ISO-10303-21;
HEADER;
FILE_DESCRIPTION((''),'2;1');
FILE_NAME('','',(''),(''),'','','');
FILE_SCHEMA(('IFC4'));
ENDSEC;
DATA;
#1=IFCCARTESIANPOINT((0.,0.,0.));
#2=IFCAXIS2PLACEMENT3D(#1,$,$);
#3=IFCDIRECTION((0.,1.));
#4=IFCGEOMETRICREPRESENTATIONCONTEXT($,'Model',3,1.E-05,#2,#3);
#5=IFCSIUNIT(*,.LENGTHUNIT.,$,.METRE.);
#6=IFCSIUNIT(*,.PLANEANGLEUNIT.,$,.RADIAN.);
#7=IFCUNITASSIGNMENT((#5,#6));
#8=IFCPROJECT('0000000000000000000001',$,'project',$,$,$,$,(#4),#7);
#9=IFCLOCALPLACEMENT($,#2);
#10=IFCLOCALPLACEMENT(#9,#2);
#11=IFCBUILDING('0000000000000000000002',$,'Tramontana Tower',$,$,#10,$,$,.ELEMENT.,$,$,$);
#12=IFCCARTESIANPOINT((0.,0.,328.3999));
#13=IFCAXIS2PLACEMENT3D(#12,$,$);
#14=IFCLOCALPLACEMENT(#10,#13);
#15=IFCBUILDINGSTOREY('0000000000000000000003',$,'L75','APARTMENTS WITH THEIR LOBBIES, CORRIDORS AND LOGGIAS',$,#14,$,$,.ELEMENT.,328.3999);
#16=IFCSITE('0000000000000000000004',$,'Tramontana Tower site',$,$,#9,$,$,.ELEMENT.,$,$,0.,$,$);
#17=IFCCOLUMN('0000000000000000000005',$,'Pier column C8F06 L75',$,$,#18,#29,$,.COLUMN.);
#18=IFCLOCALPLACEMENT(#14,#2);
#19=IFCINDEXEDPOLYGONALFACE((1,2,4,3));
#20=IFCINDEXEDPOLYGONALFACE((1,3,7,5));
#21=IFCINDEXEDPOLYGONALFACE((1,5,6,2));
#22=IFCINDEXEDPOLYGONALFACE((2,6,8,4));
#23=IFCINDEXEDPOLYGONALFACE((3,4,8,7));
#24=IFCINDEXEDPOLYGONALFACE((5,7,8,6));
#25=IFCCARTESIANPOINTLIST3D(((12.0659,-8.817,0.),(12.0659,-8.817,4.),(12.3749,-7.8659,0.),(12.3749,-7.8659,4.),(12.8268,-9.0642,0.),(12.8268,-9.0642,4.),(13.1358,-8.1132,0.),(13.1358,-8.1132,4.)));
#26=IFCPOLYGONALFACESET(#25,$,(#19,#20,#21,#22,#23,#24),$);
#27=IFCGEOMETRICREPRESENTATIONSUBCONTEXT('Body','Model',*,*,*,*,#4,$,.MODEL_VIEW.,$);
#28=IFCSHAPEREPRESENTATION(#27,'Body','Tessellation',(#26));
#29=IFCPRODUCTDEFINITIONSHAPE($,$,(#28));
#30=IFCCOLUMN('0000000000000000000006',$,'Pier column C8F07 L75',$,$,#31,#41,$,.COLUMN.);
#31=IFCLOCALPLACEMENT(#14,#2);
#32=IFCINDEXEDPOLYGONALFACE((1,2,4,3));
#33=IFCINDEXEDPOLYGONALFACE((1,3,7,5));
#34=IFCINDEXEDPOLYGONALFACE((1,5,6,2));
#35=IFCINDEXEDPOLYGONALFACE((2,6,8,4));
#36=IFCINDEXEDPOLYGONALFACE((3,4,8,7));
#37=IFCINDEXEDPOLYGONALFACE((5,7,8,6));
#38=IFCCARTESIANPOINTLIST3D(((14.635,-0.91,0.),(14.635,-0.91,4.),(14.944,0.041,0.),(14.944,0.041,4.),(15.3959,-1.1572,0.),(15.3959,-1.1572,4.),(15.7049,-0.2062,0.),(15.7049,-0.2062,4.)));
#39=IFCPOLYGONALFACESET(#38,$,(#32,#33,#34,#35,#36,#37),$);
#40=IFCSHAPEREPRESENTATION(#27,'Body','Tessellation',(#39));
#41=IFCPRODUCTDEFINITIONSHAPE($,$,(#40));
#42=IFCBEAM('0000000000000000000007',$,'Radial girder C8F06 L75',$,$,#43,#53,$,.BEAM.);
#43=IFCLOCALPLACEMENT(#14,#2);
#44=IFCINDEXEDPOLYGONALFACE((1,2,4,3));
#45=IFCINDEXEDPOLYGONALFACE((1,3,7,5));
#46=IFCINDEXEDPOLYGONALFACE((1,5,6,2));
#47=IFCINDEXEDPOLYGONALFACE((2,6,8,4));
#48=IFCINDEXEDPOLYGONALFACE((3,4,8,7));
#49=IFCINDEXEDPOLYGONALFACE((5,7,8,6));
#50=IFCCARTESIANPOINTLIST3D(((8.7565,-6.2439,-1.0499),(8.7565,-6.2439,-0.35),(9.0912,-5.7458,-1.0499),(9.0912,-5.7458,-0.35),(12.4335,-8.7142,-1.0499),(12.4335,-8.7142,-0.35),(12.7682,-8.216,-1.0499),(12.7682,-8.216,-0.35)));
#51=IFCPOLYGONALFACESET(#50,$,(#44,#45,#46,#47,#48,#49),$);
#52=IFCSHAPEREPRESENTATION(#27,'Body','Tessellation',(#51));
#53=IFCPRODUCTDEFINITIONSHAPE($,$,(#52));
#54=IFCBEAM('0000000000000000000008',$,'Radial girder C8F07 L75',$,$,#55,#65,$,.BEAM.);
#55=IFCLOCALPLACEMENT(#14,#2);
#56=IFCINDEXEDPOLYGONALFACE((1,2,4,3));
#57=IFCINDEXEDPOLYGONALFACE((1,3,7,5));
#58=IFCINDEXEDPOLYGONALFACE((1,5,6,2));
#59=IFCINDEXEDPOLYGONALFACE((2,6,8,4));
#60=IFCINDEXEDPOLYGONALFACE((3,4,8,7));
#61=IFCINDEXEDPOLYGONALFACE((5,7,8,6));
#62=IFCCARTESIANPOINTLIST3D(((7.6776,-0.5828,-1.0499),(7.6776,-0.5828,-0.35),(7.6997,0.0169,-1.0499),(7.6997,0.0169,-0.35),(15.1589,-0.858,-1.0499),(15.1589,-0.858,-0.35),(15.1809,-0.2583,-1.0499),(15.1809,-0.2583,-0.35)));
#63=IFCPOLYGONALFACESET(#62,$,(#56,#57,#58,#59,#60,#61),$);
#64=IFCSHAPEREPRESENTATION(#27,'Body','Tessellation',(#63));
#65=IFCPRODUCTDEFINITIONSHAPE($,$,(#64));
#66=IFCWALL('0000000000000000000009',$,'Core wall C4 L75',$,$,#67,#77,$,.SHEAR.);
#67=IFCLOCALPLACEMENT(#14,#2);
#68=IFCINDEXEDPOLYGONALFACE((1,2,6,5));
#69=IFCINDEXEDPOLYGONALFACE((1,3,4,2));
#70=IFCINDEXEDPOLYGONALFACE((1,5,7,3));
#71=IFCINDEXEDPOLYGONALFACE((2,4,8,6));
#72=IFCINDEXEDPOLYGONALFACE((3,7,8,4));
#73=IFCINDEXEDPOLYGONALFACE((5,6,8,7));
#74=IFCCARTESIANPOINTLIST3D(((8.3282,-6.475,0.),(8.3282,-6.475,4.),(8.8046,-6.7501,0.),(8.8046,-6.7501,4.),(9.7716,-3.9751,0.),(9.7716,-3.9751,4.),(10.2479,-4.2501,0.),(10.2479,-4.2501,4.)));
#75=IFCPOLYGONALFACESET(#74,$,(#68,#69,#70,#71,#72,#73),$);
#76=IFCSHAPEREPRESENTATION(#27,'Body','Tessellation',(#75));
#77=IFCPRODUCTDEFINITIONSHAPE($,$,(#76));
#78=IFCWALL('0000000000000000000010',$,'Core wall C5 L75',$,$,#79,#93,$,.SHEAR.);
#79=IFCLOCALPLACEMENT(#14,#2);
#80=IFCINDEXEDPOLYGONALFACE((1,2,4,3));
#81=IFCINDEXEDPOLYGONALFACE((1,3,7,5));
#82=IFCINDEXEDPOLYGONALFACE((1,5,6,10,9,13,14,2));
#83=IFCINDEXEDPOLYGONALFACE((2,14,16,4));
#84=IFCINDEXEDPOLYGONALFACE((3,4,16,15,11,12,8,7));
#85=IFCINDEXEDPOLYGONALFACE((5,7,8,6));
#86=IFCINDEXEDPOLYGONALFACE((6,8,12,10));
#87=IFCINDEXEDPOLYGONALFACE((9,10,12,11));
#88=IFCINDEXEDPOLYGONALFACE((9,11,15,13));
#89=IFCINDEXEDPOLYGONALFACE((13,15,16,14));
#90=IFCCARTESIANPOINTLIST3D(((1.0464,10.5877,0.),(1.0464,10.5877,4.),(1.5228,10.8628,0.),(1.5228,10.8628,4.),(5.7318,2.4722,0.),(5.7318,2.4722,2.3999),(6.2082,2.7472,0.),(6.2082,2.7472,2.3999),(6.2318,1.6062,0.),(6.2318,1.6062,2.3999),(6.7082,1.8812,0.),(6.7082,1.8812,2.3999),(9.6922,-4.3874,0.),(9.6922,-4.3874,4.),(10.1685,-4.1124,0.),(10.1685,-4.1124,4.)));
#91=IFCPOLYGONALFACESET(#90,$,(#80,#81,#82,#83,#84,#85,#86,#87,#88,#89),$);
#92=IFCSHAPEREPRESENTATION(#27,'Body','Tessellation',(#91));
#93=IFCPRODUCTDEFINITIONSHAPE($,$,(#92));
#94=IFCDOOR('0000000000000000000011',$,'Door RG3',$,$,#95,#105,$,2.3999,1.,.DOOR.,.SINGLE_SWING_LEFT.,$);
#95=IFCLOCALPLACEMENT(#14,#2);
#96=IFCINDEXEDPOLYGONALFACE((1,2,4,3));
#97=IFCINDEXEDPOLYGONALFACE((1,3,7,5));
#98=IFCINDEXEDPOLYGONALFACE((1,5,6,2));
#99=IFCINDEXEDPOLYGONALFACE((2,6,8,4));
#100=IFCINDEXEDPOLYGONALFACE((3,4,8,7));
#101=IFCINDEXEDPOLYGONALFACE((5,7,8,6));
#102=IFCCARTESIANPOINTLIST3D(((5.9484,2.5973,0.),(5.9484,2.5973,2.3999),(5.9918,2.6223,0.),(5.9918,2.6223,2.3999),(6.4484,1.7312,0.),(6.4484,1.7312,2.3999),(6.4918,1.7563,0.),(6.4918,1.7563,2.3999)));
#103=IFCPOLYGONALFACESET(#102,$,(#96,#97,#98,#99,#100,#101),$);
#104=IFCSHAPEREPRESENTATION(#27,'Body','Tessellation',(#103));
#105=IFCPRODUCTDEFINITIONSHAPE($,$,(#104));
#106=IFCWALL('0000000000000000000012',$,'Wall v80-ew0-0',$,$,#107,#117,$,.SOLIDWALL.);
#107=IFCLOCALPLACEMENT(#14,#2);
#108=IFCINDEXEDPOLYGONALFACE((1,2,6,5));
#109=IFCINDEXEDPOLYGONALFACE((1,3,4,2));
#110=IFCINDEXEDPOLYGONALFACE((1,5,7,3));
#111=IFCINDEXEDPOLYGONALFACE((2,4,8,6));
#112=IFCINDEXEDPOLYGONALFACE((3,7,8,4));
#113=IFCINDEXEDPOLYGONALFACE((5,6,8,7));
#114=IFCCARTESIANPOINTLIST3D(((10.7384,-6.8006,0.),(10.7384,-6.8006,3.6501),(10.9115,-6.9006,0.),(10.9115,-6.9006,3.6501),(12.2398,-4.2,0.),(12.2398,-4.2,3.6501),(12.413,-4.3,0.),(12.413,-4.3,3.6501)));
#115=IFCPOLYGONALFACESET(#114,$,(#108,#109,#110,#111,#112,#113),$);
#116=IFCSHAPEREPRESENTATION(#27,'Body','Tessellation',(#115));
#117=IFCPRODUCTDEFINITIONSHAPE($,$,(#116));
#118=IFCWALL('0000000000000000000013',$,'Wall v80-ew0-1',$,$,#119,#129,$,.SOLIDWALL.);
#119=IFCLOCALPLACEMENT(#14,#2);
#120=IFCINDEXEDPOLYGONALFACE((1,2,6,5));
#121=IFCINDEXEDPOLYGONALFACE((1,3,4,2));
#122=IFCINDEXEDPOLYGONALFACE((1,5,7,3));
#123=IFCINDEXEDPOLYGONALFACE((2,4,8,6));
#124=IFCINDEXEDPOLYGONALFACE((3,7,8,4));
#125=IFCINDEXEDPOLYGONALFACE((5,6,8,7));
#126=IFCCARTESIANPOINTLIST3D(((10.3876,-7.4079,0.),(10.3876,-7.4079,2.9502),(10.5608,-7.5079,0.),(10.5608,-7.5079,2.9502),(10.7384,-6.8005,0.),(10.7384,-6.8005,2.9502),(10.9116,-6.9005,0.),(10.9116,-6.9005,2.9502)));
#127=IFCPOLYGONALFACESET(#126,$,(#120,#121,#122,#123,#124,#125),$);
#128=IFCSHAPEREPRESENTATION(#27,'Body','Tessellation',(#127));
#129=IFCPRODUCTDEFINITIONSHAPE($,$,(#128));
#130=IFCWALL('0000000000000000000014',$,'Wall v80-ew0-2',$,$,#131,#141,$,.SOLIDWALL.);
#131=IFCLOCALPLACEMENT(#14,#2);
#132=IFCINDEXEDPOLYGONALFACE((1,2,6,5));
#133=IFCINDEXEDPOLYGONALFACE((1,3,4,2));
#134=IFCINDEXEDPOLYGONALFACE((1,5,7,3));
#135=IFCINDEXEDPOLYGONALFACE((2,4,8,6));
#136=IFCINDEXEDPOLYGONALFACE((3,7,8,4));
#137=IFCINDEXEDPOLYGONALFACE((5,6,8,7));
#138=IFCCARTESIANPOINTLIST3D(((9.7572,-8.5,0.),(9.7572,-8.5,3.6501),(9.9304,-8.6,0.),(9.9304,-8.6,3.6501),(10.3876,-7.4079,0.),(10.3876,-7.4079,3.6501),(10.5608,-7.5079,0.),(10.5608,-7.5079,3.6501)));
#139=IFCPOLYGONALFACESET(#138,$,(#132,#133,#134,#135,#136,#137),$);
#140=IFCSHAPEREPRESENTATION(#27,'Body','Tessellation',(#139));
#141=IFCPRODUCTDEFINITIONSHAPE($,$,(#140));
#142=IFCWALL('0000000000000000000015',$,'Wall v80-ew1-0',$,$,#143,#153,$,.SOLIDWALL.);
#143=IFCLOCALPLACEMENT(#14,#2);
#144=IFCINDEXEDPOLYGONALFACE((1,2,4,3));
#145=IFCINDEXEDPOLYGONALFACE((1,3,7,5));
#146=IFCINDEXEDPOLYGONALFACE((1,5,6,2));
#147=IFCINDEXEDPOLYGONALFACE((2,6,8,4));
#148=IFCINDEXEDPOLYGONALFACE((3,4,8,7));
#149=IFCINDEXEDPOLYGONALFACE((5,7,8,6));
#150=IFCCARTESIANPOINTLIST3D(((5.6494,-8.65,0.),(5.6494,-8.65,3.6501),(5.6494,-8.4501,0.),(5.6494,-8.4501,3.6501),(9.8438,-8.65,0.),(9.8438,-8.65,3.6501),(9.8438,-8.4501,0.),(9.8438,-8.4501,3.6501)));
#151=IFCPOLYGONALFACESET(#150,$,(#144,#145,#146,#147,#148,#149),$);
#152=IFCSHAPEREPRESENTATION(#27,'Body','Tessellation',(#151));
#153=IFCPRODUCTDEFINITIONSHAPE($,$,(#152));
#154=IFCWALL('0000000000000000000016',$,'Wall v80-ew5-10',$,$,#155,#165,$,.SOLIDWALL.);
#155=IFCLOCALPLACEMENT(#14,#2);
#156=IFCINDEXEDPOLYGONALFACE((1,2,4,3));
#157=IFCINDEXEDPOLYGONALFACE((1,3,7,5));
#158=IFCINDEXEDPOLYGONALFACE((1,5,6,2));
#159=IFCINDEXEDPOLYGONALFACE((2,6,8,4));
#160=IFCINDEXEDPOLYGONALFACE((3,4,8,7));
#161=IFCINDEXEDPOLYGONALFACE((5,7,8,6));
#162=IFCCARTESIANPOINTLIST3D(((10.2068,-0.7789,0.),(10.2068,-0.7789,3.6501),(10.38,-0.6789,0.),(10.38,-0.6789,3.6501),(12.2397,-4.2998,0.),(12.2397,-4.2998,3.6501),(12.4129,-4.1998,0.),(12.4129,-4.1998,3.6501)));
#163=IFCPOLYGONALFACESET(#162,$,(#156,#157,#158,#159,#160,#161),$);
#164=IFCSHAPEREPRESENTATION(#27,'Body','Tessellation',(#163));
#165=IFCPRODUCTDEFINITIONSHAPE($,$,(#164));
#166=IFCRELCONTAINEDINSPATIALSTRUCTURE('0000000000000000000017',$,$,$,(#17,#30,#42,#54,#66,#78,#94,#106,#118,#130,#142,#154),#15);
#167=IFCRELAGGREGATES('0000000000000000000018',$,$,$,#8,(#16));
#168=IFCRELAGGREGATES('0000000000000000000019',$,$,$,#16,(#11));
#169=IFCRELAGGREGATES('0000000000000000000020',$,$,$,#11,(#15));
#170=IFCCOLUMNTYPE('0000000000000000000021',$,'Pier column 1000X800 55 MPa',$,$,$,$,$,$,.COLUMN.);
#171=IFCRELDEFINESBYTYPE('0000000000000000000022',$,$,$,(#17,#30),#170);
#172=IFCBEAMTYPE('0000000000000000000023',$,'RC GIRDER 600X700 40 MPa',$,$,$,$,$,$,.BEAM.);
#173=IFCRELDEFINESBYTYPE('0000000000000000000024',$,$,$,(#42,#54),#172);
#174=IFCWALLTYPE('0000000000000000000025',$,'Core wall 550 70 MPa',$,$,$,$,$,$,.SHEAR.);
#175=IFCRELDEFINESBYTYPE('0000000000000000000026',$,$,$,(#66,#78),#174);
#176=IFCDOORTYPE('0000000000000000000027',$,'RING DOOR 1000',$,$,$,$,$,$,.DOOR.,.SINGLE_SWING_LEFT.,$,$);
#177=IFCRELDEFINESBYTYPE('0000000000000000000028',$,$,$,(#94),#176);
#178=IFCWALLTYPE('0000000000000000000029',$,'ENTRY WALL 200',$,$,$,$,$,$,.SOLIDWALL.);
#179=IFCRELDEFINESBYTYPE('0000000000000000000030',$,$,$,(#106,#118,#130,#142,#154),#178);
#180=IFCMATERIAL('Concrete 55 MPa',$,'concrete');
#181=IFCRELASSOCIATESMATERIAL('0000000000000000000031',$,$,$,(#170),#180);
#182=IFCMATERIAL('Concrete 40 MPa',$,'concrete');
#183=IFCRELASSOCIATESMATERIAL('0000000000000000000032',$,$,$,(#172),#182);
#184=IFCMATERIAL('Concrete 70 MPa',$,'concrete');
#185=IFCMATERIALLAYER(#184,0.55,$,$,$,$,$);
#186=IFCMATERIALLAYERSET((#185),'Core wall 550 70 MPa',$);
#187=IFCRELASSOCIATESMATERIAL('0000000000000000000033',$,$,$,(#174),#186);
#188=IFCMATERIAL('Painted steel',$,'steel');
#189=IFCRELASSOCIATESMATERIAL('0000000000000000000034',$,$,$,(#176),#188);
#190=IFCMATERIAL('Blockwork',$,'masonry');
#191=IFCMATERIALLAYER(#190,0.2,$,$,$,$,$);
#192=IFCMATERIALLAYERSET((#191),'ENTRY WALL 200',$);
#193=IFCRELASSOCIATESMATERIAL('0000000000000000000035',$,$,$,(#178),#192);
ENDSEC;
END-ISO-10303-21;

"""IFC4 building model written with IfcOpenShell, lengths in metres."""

from ifc_helpers import new_model, si_unit, direction, frame, frame_2d, origin, origin_2d, place, context, subcontext, project, spatial, rectangle, extrude, material, layer, layer_set, material_profile, profile_set, type_object, element, fill, save


model = new_model("IFC4")

# Units and contexts
model_context = context("Model", 3, precision=1e-05, world=origin(), true_north=direction((0.0, 1.0)))
body_context = subcontext(model_context, "Body", "Model", "MODEL_VIEW")
ifc_project = project(units=[si_unit("LENGTHUNIT", "METRE"), si_unit("PLANEANGLEUNIT", "RADIAN")], contexts=[model_context])

# Site, building, storey
site_placement = place(None, origin())
site = spatial("IfcSite", under=ifc_project, at=site_placement, Name="Tramontana Tower site", CompositionType="ELEMENT", RefElevation=0.0)
building_placement = place(site_placement, origin())
building = spatial("IfcBuilding", under=site, at=building_placement, Name="Tramontana Tower", CompositionType="ELEMENT")
storey_placement = place(building_placement, frame((0.0, 0.0, 328.3999)))
storey = spatial("IfcBuildingStorey", under=building, at=storey_placement, Name="L75", Description="APARTMENTS WITH THEIR LOBBIES, CORRIDORS AND LOGGIAS", CompositionType="ELEMENT", Elevation=328.3999)

# Columns
ifc_material_1 = material(Name="Concrete 55 MPa", Category="concrete")
ifc_material_profile_1 = material_profile(ifc_material_1, rectangle(XDim=1.0, YDim=0.8, at=origin_2d()), Name="Pier column 1000X800 55 MPa")
ifc_profile_set_1 = profile_set([ifc_material_profile_1], Name="Concrete 55 MPa")
column_type = type_object("IfcColumnType", Name="Pier column 1000X800 55 MPa", PredefinedType="COLUMN", material=ifc_profile_set_1)
for number, where, z_axis, x_axis, name in (
    (1, (12.6008, -8.4651, 0.0), (0.0, 0.0, 1.0), (0.309017, 0.951057, 0.0), "Pier column C8F06 L75"),
    (2, (15.1699, -0.5581, 0.0), (0.0, 0.0, 1.0), (0.309017, 0.951057, 0.0), "Pier column C8F07 L75"),
):
    element("IfcColumn", number, at=place(storey_placement, frame(where, z_axis=z_axis, x_axis=x_axis)), inside=storey, type_object=column_type, Name=name, PredefinedType="COLUMN", context=body_context, shape_type="SweptSolid", body=[
        extrude(rectangle(XDim=1.0, YDim=0.8, at=origin_2d()), origin(), (0.0, 0.0, 1.0), 4.0),
    ])

# Beams
ifc_material_2 = material(Name="Concrete 40 MPa", Category="concrete")
ifc_material_profile_2 = material_profile(ifc_material_2, rectangle(XDim=0.6001, YDim=0.7, at=origin_2d()), Name="RC GIRDER 600X700 40 MPa")
ifc_profile_set_2 = profile_set([ifc_material_profile_2], Name="Concrete 40 MPa")
beam_type = type_object("IfcBeamType", Name="RC GIRDER 600X700 40 MPa", PredefinedType="BEAM", material=ifc_profile_set_2)
beam_1_placement = place(storey_placement, frame((12.6008, -8.4651, -0.7), z_axis=(-0.830078, 0.557647, 0.0), x_axis=(-0.557647, -0.830078, 0.0)))
element("IfcBeam", 3, at=beam_1_placement, inside=storey, type_object=beam_type, Name="Radial girder C8F06 L75", PredefinedType="BEAM", context=body_context, shape_type="SweptSolid", body=[
    extrude(rectangle(XDim=0.6001, YDim=0.7, at=origin_2d()), origin(), (0.0, 0.0, 1.0), 4.4297),
])
beam_2_placement = place(storey_placement, frame((15.1699, -0.5581, -0.7), z_axis=(-0.999324, 0.036754, 0.0), x_axis=(-0.036754, -0.999324, 0.0)))
element("IfcBeam", 4, at=beam_2_placement, inside=storey, type_object=beam_type, Name="Radial girder C8F07 L75", PredefinedType="BEAM", context=body_context, shape_type="SweptSolid", body=[
    extrude(rectangle(XDim=0.6001, YDim=0.7, at=origin_2d()), origin(), (0.0, 0.0, 1.0), 7.4863),
])

# Wall
ifc_material_3 = material(Name="Concrete 70 MPa", Category="concrete")
ifc_layer_1 = layer(ifc_material_3, 0.55)
ifc_layer_set_1 = layer_set([ifc_layer_1], Name="Core wall 550 70 MPa")
wall_type_1 = type_object("IfcWallType", Name="Core wall 550 70 MPa", PredefinedType="SHEAR", material=ifc_layer_set_1)
wall_1_placement = place(storey_placement, frame((8.5664, -6.6125, 0.0), z_axis=(0.0, 0.0, 1.0), x_axis=(0.499996, 0.866028, 0.0)))
element("IfcWall", 5, at=wall_1_placement, inside=storey, type_object=wall_type_1, Name="Core wall C4 L75", PredefinedType="SHEAR", context=body_context, shape_type="SweptSolid", body=[
    extrude(rectangle(XDim=2.8867, YDim=0.55, at=frame_2d((1.4434, 0.0))), origin(), (0.0, 0.0, 1.0), 4.0),
])

# Wall, opening, door
wall_2_placement = place(storey_placement, frame((9.9304, -4.25, 0.0), z_axis=(0.0, 0.0, 1.0), x_axis=(-0.499995, 0.866029, 0.0)))
wall_2 = element("IfcWall", 6, at=wall_2_placement, inside=storey, type_object=wall_type_1, Name="Core wall C5 L75", PredefinedType="SHEAR", context=body_context, shape_type="SweptSolid", body=[
    extrude(rectangle(XDim=17.2917, YDim=0.55, at=frame_2d((8.646, 0.0))), origin(), (0.0, 0.0, 1.0), 4.0),
])
opening_1_placement = place(wall_2_placement, frame((6.9209, 0.0, 0.0)))
opening_1 = element("IfcOpeningElement", 7, at=opening_1_placement, cuts=wall_2, PredefinedType="OPENING", context=body_context, shape_type="SweptSolid", body=[
    extrude(rectangle(XDim=1.0, YDim=2.3999, at=frame_2d((0.5, 1.2))), frame((0.0, 0.2849, 0.0), z_axis=(0.0, -1.0, 0.0), x_axis=(1.0, 0.0, 0.0)), (0.0, 0.0, 1.0), 0.5701),
])
ifc_material_4 = material(Name="Painted steel", Category="steel")
door_type_1 = type_object("IfcDoorType", Name="RING DOOR 1000", OperationType="SINGLE_SWING_LEFT", PredefinedType="DOOR", material=ifc_material_4)
door_1_placement = place(opening_1_placement, origin())
door_1 = element("IfcDoor", 8, at=door_1_placement, inside=storey, type_object=door_type_1, Name="Door RG3", OperationType="SINGLE_SWING_LEFT", OverallHeight=2.3999, OverallWidth=1.0, PredefinedType="DOOR", context=body_context, shape_type="SweptSolid", body=[
    extrude(rectangle(XDim=1.0, YDim=2.3999, at=frame_2d((0.5, 1.2))), frame((0.0, 0.0249, 0.0), z_axis=(0.0, -1.0, 0.0), x_axis=(1.0, 0.0, 0.0)), (0.0, 0.0, 1.0), 0.05),
])
fill(opening_1, door_1)

# Walls
ifc_material_5 = material(Name="Blockwork", Category="masonry")
ifc_layer_2 = layer(ifc_material_5, 0.2)
ifc_layer_set_2 = layer_set([ifc_layer_2], Name="ENTRY WALL 200")
wall_type_2 = type_object("IfcWallType", Name="ENTRY WALL 200", PredefinedType="SOLIDWALL", material=ifc_layer_set_2)
wall_3_placement = place(storey_placement, frame((12.3264, -4.25, 0.0), z_axis=(0.0, 0.0, 1.0), x_axis=(-0.500004, -0.866023, 0.0)))
element("IfcWall", 9, at=wall_3_placement, inside=storey, type_object=wall_type_2, Name="Wall v80-ew0-0", PredefinedType="SOLIDWALL", context=body_context, shape_type="SweptSolid", body=[
    extrude(rectangle(XDim=3.0029, YDim=0.2, at=frame_2d((1.5015, 0.0))), origin(), (0.0, 0.0, 1.0), 3.6501),
])
wall_4_placement = place(storey_placement, frame((10.825, -6.8506, 0.0), z_axis=(0.0, 0.0, 1.0), x_axis=(-0.500144, -0.865942, 0.0)))
element("IfcWall", 10, at=wall_4_placement, inside=storey, type_object=wall_type_2, Name="Wall v80-ew0-1", PredefinedType="SOLIDWALL", context=body_context, shape_type="SweptSolid", body=[
    extrude(rectangle(XDim=0.7014, YDim=0.2, at=frame_2d((0.3506, 0.0))), origin(), (0.0, 0.0, 1.0), 2.9502),
])
wall_5_placement = place(storey_placement, frame((10.4741, -7.458, 0.0), z_axis=(0.0, 0.0, 1.0), x_axis=(-0.499929, -0.866066, 0.0)))
element("IfcWall", 11, at=wall_5_placement, inside=storey, type_object=wall_type_2, Name="Wall v80-ew0-2", PredefinedType="SOLIDWALL", context=body_context, shape_type="SweptSolid", body=[
    extrude(rectangle(XDim=1.261, YDim=0.2, at=frame_2d((0.6304, 0.0))), origin(), (0.0, 0.0, 1.0), 3.6501),
])
wall_6_placement = place(storey_placement, frame((9.8438, -8.55, 0.0), z_axis=(0.0, 0.0, 1.0), x_axis=(-1.0, 0.0, 0.0)))
element("IfcWall", 12, at=wall_6_placement, inside=storey, type_object=wall_type_2, Name="Wall v80-ew1-0", PredefinedType="SOLIDWALL", context=body_context, shape_type="SweptSolid", body=[
    extrude(rectangle(XDim=4.1943, YDim=0.2, at=frame_2d((2.0972, 0.0))), origin(), (0.0, 0.0, 1.0), 3.6501),
])
wall_7_placement = place(storey_placement, frame((10.2935, -0.729, 0.0), z_axis=(0.0, 0.0, 1.0), x_axis=(0.50002, -0.866014, 0.0)))
element("IfcWall", 13, at=wall_7_placement, inside=storey, type_object=wall_type_2, Name="Wall v80-ew5-10", PredefinedType="SOLIDWALL", context=body_context, shape_type="SweptSolid", body=[
    extrude(rectangle(XDim=4.0657, YDim=0.2, at=frame_2d((2.0327, 0.0))), origin(), (0.0, 0.0, 1.0), 3.6501),
])

save(model, "model.ifc")
